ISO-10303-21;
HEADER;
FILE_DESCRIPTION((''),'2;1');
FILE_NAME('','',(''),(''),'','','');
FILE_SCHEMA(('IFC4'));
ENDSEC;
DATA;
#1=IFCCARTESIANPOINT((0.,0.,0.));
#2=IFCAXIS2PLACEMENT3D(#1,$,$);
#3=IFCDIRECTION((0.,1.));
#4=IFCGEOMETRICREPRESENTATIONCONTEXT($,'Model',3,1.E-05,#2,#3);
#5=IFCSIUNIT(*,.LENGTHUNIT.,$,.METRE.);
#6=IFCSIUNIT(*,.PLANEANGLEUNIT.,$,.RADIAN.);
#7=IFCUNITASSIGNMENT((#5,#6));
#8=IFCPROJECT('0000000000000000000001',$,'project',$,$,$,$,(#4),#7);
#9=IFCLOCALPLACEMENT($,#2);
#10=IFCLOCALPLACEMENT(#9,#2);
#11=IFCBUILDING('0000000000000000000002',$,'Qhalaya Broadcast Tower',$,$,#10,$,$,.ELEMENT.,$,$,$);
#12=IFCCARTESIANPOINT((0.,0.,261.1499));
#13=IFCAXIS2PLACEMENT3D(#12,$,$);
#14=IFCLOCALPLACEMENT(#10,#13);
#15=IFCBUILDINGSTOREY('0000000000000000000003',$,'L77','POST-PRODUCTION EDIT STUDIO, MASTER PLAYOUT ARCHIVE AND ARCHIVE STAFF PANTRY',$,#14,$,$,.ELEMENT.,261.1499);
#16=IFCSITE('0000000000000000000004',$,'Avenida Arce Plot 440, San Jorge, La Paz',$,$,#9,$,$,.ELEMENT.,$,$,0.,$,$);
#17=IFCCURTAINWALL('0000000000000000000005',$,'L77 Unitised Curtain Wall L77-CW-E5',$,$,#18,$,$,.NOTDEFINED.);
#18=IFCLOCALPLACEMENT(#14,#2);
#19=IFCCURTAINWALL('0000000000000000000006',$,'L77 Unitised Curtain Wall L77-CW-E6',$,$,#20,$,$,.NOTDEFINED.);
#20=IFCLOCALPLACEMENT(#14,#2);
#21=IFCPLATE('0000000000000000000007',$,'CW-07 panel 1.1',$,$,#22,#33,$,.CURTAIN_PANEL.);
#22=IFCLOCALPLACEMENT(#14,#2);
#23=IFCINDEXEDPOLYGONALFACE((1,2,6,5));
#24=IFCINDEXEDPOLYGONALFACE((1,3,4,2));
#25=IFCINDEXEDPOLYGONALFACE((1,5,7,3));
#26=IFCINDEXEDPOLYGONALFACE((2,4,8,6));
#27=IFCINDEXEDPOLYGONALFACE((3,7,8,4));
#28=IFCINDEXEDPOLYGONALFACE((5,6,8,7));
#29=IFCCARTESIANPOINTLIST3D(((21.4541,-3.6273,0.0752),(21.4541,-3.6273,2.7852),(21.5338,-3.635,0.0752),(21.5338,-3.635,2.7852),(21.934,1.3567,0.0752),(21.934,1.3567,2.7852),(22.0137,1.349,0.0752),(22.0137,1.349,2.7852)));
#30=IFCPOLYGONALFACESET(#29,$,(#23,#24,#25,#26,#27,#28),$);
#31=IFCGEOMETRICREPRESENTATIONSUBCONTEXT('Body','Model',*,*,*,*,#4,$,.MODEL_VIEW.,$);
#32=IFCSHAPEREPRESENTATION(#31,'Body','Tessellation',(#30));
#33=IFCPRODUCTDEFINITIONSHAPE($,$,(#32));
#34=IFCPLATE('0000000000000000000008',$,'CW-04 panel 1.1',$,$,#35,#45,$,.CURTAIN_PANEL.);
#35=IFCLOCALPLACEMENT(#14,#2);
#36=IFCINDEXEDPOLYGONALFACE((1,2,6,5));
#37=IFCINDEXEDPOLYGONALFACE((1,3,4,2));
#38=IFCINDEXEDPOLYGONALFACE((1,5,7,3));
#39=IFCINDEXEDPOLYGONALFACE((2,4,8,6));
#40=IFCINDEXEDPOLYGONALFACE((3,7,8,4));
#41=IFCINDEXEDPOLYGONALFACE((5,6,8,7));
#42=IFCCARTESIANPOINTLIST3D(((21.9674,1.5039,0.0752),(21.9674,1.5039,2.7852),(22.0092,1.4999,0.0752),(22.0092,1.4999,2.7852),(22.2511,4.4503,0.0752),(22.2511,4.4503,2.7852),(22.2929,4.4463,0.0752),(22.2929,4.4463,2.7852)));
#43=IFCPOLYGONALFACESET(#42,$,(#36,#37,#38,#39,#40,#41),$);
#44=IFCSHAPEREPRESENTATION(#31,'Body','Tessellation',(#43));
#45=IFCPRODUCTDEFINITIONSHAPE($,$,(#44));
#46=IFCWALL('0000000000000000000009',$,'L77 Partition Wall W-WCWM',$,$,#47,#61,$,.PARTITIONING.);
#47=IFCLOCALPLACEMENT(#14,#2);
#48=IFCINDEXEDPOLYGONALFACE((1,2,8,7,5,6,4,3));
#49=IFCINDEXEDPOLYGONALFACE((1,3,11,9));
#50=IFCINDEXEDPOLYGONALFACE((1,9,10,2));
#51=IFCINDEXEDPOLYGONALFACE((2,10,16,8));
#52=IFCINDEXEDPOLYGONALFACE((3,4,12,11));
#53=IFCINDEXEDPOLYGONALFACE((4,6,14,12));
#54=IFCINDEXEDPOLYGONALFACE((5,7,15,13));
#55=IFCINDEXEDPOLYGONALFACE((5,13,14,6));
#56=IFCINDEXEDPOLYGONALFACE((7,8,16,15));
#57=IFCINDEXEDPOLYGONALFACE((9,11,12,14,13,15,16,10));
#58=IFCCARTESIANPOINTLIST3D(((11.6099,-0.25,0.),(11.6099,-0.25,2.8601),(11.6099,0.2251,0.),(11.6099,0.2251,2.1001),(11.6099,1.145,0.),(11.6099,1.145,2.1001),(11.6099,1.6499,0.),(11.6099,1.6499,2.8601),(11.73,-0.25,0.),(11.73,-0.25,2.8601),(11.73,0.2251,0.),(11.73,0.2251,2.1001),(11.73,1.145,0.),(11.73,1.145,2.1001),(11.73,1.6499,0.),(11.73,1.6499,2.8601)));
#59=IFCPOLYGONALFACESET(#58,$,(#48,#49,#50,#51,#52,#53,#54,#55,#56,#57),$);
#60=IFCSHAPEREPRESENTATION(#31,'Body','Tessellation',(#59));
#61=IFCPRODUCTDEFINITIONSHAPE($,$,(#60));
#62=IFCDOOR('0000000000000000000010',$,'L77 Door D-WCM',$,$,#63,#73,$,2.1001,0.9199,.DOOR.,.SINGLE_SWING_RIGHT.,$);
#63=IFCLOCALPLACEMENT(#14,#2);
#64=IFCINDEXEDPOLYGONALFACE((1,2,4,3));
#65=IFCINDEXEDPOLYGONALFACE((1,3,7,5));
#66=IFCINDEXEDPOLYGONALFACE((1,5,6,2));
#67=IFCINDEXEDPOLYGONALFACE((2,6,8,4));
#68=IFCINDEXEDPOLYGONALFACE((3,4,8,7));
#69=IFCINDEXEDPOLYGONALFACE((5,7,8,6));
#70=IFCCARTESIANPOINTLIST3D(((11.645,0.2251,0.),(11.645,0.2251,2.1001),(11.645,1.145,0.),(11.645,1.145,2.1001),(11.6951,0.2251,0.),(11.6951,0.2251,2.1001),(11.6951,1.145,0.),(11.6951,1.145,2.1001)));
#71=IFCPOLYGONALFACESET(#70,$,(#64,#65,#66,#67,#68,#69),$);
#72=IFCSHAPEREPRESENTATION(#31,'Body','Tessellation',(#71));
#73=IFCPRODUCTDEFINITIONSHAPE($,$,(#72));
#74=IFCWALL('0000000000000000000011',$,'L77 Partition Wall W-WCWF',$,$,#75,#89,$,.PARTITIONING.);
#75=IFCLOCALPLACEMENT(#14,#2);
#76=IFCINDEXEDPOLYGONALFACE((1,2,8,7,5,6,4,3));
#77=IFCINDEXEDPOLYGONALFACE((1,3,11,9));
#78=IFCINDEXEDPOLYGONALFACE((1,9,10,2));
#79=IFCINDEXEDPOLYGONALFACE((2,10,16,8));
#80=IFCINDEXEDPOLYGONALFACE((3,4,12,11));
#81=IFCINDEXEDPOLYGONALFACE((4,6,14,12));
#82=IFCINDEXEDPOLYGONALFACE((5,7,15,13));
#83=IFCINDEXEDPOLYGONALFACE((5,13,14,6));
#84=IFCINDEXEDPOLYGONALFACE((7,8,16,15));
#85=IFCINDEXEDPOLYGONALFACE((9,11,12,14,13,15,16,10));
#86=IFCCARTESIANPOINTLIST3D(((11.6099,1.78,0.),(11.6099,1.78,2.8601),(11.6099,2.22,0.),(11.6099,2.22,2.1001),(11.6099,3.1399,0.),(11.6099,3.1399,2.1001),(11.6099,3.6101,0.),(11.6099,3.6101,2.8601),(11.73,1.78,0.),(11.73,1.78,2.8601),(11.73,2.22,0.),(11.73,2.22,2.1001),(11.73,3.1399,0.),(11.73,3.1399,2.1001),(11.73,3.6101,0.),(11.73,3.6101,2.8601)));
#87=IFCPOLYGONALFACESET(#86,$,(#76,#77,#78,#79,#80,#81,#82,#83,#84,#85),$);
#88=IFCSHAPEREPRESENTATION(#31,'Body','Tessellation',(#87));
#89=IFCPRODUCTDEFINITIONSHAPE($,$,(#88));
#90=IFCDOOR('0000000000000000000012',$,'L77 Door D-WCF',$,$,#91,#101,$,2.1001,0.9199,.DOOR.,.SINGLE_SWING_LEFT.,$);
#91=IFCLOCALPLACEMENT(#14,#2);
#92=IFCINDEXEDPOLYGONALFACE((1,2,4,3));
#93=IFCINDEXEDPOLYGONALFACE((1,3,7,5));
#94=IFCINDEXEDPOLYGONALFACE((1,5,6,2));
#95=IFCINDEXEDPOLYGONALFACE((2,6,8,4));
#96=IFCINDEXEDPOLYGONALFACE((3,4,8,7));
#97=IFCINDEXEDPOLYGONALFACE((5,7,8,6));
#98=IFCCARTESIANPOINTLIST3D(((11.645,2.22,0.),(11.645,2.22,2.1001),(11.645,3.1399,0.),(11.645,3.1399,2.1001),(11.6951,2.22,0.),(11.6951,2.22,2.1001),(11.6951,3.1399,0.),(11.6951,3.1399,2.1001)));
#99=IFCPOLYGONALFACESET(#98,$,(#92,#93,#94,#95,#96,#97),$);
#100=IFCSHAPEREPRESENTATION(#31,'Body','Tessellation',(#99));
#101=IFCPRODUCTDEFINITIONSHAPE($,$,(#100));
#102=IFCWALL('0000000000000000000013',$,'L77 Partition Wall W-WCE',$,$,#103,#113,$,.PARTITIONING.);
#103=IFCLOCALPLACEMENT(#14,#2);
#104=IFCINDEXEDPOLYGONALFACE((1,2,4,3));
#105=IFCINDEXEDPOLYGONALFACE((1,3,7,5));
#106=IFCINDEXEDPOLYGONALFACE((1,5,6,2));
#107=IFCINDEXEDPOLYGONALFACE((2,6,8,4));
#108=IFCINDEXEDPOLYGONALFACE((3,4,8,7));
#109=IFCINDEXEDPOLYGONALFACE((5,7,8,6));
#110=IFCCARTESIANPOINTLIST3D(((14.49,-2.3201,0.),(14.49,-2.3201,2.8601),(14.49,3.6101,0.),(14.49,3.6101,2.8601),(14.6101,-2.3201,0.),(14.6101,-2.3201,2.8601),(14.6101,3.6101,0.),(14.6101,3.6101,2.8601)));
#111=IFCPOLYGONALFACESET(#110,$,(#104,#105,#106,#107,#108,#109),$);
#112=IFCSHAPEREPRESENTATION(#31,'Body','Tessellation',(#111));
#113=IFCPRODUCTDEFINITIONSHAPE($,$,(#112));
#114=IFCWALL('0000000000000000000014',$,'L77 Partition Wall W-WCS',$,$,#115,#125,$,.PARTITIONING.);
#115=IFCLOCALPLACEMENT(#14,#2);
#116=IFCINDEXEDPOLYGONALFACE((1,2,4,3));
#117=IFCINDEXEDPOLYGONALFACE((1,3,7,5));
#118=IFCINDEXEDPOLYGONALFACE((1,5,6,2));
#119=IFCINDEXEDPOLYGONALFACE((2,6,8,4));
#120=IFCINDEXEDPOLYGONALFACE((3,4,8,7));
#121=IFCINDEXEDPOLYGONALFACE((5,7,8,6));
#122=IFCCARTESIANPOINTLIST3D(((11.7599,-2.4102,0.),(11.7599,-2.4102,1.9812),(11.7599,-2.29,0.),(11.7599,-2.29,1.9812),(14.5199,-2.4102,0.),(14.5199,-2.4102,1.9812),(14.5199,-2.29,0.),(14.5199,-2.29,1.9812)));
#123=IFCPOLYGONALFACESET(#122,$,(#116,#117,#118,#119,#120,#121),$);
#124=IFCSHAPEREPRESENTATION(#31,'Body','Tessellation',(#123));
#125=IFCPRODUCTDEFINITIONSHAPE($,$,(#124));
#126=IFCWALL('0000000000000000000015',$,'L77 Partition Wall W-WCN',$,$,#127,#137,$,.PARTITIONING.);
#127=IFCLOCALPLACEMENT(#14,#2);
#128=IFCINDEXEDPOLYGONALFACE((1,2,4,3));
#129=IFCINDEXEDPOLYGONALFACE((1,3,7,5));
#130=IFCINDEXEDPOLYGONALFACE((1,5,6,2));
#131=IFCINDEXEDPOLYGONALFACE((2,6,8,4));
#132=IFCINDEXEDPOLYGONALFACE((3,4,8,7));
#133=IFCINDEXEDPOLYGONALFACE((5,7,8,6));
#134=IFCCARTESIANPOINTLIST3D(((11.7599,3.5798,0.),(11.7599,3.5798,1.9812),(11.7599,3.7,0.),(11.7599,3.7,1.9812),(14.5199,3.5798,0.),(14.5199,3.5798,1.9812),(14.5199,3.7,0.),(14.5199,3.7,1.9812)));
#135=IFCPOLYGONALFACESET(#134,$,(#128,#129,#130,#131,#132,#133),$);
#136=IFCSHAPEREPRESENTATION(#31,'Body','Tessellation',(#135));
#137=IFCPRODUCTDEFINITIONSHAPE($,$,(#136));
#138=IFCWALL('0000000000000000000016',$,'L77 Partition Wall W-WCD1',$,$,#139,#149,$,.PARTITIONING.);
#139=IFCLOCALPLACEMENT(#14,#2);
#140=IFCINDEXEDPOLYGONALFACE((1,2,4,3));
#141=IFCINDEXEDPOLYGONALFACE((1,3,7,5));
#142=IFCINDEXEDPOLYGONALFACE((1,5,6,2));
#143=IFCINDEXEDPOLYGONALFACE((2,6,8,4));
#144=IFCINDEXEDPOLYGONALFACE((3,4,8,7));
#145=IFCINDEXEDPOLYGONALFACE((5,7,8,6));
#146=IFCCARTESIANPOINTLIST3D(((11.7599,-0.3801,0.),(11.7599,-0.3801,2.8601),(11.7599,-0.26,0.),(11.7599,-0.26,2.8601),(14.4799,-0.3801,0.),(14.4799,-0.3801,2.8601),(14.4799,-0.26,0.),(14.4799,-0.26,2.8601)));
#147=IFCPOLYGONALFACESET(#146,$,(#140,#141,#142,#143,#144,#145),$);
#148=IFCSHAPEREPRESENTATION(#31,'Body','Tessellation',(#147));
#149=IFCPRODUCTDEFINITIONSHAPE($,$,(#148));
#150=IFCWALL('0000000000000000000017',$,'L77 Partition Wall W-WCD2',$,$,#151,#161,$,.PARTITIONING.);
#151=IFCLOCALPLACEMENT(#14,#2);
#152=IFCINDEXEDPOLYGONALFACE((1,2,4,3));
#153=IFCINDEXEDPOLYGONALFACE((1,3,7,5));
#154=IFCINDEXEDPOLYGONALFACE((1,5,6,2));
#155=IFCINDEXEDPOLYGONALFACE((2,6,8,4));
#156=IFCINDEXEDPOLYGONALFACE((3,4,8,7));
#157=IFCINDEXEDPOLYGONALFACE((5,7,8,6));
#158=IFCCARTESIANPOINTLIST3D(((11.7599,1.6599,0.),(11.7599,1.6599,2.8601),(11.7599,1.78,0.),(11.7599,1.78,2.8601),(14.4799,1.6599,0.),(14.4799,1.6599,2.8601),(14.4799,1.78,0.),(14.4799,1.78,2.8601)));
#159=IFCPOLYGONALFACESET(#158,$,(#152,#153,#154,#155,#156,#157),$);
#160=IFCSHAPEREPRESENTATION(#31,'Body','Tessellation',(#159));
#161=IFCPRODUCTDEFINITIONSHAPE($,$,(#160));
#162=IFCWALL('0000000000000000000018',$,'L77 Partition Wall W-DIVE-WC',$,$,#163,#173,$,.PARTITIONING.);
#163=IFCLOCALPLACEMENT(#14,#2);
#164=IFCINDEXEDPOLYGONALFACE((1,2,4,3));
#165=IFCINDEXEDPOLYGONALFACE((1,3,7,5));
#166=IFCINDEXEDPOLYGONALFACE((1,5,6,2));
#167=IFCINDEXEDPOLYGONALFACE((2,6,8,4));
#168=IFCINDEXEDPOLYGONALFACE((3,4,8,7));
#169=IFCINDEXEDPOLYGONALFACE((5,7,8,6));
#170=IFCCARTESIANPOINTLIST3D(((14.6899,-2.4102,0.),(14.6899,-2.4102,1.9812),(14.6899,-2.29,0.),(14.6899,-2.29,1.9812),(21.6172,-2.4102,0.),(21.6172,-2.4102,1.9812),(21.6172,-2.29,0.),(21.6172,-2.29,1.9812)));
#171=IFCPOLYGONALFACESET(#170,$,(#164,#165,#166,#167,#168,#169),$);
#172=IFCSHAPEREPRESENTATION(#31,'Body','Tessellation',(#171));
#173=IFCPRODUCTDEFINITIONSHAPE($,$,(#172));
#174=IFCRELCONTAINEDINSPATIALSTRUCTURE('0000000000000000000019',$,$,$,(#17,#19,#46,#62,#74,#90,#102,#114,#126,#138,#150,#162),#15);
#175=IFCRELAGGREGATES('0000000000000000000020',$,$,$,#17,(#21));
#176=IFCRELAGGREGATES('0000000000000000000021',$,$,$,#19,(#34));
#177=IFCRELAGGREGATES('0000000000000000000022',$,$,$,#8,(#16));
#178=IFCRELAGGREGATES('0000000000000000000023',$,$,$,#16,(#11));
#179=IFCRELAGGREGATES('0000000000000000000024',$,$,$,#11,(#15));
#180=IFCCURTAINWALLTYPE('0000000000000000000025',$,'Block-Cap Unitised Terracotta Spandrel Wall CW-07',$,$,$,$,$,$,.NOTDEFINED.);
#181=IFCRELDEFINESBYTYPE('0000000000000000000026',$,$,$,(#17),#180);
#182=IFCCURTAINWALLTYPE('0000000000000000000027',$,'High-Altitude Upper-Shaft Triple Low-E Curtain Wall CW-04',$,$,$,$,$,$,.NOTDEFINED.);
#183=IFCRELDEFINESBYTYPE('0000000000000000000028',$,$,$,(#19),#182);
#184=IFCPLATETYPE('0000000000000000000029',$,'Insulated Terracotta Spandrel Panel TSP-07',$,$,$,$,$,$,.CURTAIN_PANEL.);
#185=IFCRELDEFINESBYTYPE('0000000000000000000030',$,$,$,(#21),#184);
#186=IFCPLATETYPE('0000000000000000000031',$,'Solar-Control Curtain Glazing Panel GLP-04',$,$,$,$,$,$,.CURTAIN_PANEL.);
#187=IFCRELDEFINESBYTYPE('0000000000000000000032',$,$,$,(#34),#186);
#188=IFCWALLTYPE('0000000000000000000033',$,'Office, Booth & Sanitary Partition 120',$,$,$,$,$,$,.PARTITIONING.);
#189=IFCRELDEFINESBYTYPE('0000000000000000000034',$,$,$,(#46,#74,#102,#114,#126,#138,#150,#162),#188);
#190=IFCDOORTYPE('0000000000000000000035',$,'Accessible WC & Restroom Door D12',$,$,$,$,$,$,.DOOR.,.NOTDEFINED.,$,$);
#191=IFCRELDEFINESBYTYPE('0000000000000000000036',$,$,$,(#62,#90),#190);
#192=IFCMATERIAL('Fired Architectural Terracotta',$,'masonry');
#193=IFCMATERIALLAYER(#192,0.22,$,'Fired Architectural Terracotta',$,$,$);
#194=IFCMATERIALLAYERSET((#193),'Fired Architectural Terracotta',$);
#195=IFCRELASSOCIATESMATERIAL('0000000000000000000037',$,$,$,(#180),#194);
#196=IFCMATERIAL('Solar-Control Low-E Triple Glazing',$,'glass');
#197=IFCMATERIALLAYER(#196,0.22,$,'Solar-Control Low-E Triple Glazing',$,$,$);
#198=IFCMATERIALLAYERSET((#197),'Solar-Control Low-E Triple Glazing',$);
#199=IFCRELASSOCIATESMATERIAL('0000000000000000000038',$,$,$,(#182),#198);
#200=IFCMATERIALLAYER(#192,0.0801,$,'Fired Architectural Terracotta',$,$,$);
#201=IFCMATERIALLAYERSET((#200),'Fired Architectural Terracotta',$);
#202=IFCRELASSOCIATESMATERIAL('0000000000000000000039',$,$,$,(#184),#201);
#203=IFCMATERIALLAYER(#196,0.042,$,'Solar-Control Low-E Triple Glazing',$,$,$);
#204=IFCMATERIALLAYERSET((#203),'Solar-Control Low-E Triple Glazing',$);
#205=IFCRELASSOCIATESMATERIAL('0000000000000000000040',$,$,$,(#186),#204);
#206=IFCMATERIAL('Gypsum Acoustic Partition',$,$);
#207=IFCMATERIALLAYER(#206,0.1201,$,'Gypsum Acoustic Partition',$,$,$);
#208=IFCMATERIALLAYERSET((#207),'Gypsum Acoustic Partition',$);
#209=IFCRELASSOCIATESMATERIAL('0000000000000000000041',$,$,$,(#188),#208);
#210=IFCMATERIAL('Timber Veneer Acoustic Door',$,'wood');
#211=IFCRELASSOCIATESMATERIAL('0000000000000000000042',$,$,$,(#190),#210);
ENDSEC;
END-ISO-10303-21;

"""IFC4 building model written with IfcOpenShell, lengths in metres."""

from ifc_helpers import new_model, si_unit, direction, frame, frame_2d, origin, origin_2d, place, context, subcontext, project, spatial, rectangle, extrude, material, layer, layer_set, type_object, element, fill, aggregate, save


model = new_model("IFC4")

# Units and contexts
model_context = context("Model", 3, precision=1e-05, world=origin(), true_north=direction((0.0, 1.0)))
body_context = subcontext(model_context, "Body", "Model", "MODEL_VIEW")
ifc_project = project(units=[si_unit("LENGTHUNIT", "METRE"), si_unit("PLANEANGLEUNIT", "RADIAN")], contexts=[model_context])

# Site, building, storey
site_placement = place(None, origin())
site = spatial("IfcSite", under=ifc_project, at=site_placement, Name="Avenida Arce Plot 440, San Jorge, La Paz", CompositionType="ELEMENT", RefElevation=0.0)
building_placement = place(site_placement, origin())
building = spatial("IfcBuilding", under=site, at=building_placement, Name="Qhalaya Broadcast Tower", CompositionType="ELEMENT")
storey_placement = place(building_placement, frame((0.0, 0.0, 261.1499)))
storey = spatial("IfcBuildingStorey", under=building, at=storey_placement, Name="L77", Description="POST-PRODUCTION EDIT STUDIO, MASTER PLAYOUT ARCHIVE AND ARCHIVE STAFF PANTRY", CompositionType="ELEMENT", Elevation=261.1499)

# Curtain wall
ifc_material_1 = material(Name="Fired Architectural Terracotta", Category="masonry")
ifc_layer_1 = layer(ifc_material_1, 0.22, Name="Fired Architectural Terracotta")
ifc_layer_set_1 = layer_set([ifc_layer_1], Name="Fired Architectural Terracotta")
curtain_wall_type_1 = type_object("IfcCurtainWallType", Name="Block-Cap Unitised Terracotta Spandrel Wall CW-07", PredefinedType="NOTDEFINED", material=ifc_layer_set_1)
curtain_wall_1_placement = place(storey_placement, origin())
curtain_wall_1 = element("IfcCurtainWall", 1, at=curtain_wall_1_placement, inside=storey, type_object=curtain_wall_type_1, Name="L77 Unitised Curtain Wall L77-CW-E5", PredefinedType="NOTDEFINED")

# Curtain wall
ifc_material_2 = material(Name="Solar-Control Low-E Triple Glazing", Category="glass")
ifc_layer_2 = layer(ifc_material_2, 0.22, Name="Solar-Control Low-E Triple Glazing")
ifc_layer_set_2 = layer_set([ifc_layer_2], Name="Solar-Control Low-E Triple Glazing")
curtain_wall_type_2 = type_object("IfcCurtainWallType", Name="High-Altitude Upper-Shaft Triple Low-E Curtain Wall CW-04", PredefinedType="NOTDEFINED", material=ifc_layer_set_2)
curtain_wall_2_placement = place(storey_placement, origin())
curtain_wall_2 = element("IfcCurtainWall", 2, at=curtain_wall_2_placement, inside=storey, type_object=curtain_wall_type_2, Name="L77 Unitised Curtain Wall L77-CW-E6", PredefinedType="NOTDEFINED")

# Plates
ifc_layer_3 = layer(ifc_material_1, 0.0801, Name="Fired Architectural Terracotta")
ifc_layer_set_3 = layer_set([ifc_layer_3], Name="Fired Architectural Terracotta")
plate_type_1 = type_object("IfcPlateType", Name="Insulated Terracotta Spandrel Panel TSP-07", PredefinedType="CURTAIN_PANEL", material=ifc_layer_set_3)
plate_1_placement = place(storey_placement, frame((21.7339, -1.1392, 0.0752), z_axis=(0.0, 0.0, 1.0), x_axis=(0.095849, 0.995396, 0.0)))
plate_1 = element("IfcPlate", 3, at=plate_1_placement, type_object=plate_type_1, Name="CW-07 panel 1.1", PredefinedType="CURTAIN_PANEL", context=body_context, shape_type="SweptSolid", body=[
    extrude(rectangle(XDim=5.0071, YDim=0.0801, at=origin_2d()), origin(), (0.0, 0.0, 1.0), 2.71),
])
aggregate(curtain_wall_1, [plate_1])
ifc_layer_4 = layer(ifc_material_2, 0.042, Name="Solar-Control Low-E Triple Glazing")
ifc_layer_set_4 = layer_set([ifc_layer_4], Name="Solar-Control Low-E Triple Glazing")
plate_type_2 = type_object("IfcPlateType", Name="Solar-Control Curtain Glazing Panel GLP-04", PredefinedType="CURTAIN_PANEL", material=ifc_layer_set_4)
plate_2_placement = place(storey_placement, frame((22.1301, 2.9751, 0.0752), z_axis=(0.0, 0.0, 1.0), x_axis=(0.095855, 0.995395, 0.0)))
plate_2 = element("IfcPlate", 4, at=plate_2_placement, type_object=plate_type_2, Name="CW-04 panel 1.1", PredefinedType="CURTAIN_PANEL", context=body_context, shape_type="SweptSolid", body=[
    extrude(rectangle(XDim=2.96, YDim=0.042, at=origin_2d()), origin(), (0.0, 0.0, 1.0), 2.71),
])
aggregate(curtain_wall_2, [plate_2])

# Walls, openings, doors
ifc_material_3 = material(Name="Gypsum Acoustic Partition")
ifc_layer_5 = layer(ifc_material_3, 0.1201, Name="Gypsum Acoustic Partition")
ifc_layer_set_5 = layer_set([ifc_layer_5], Name="Gypsum Acoustic Partition")
wall_type = type_object("IfcWallType", Name="Office, Booth & Sanitary Partition 120", PredefinedType="PARTITIONING", material=ifc_layer_set_5)
wall_1_placement = place(storey_placement, frame((11.6699, -0.25, 0.0), z_axis=(0.0, 0.0, 1.0), x_axis=(0.0, 1.0, 0.0)))
wall_1 = element("IfcWall", 5, at=wall_1_placement, inside=storey, type_object=wall_type, Name="L77 Partition Wall W-WCWM", PredefinedType="PARTITIONING", context=body_context, shape_type="SweptSolid", body=[
    extrude(rectangle(XDim=1.8999, YDim=0.1201, at=frame_2d((0.95, 0.0))), origin(), (0.0, 0.0, 1.0), 2.8601),
])
opening_1_placement = place(wall_1_placement, frame((0.4751, 0.0, 0.0)))
opening_1 = element("IfcOpeningElement", 6, at=opening_1_placement, cuts=wall_1, PredefinedType="OPENING", context=body_context, shape_type="SweptSolid", body=[
    extrude(rectangle(XDim=0.9199, YDim=2.1001, at=frame_2d((0.46, 1.05))), frame((0.0, 0.072, 0.0), z_axis=(0.0, -1.0, 0.0), x_axis=(1.0, 0.0, 0.0)), (0.0, 0.0, 1.0), 0.144),
])
ifc_material_4 = material(Name="Timber Veneer Acoustic Door", Category="wood")
door_type = type_object("IfcDoorType", Name="Accessible WC & Restroom Door D12", OperationType="NOTDEFINED", PredefinedType="DOOR", material=ifc_material_4)
door_1_placement = place(opening_1_placement, origin())
door_1 = element("IfcDoor", 7, at=door_1_placement, inside=storey, type_object=door_type, Name="L77 Door D-WCM", OperationType="SINGLE_SWING_RIGHT", OverallHeight=2.1001, OverallWidth=0.9199, PredefinedType="DOOR", context=body_context, shape_type="SweptSolid", body=[
    extrude(rectangle(XDim=0.9199, YDim=2.1001, at=frame_2d((0.46, 1.05))), frame((0.0, 0.0249, 0.0), z_axis=(0.0, -1.0, 0.0), x_axis=(1.0, 0.0, 0.0)), (0.0, 0.0, 1.0), 0.05),
])
fill(opening_1, door_1)
wall_2_placement = place(storey_placement, frame((11.6699, 1.78, 0.0), z_axis=(0.0, 0.0, 1.0), x_axis=(0.0, 1.0, 0.0)))
wall_2 = element("IfcWall", 8, at=wall_2_placement, inside=storey, type_object=wall_type, Name="L77 Partition Wall W-WCWF", PredefinedType="PARTITIONING", context=body_context, shape_type="SweptSolid", body=[
    extrude(rectangle(XDim=1.8301, YDim=0.1201, at=frame_2d((0.915, 0.0))), origin(), (0.0, 0.0, 1.0), 2.8601),
])
opening_2_placement = place(wall_2_placement, frame((0.4399, 0.0, 0.0)))
opening_2 = element("IfcOpeningElement", 9, at=opening_2_placement, cuts=wall_2, PredefinedType="OPENING", context=body_context, shape_type="SweptSolid", body=[
    extrude(rectangle(XDim=0.9199, YDim=2.1001, at=frame_2d((0.46, 1.05))), frame((0.0, 0.072, 0.0), z_axis=(0.0, -1.0, 0.0), x_axis=(1.0, 0.0, 0.0)), (0.0, 0.0, 1.0), 0.144),
])
door_2_placement = place(opening_2_placement, origin())
door_2 = element("IfcDoor", 10, at=door_2_placement, inside=storey, type_object=door_type, Name="L77 Door D-WCF", OperationType="SINGLE_SWING_LEFT", OverallHeight=2.1001, OverallWidth=0.9199, PredefinedType="DOOR", context=body_context, shape_type="SweptSolid", body=[
    extrude(rectangle(XDim=0.9199, YDim=2.1001, at=frame_2d((0.46, 1.05))), frame((0.0, 0.0249, 0.0), z_axis=(0.0, -1.0, 0.0), x_axis=(1.0, 0.0, 0.0)), (0.0, 0.0, 1.0), 0.05),
])
fill(opening_2, door_2)

# Walls
wall_3_placement = place(storey_placement, frame((14.55, -2.3201, 0.0), z_axis=(0.0, 0.0, 1.0), x_axis=(0.0, 1.0, 0.0)))
element("IfcWall", 11, at=wall_3_placement, inside=storey, type_object=wall_type, Name="L77 Partition Wall W-WCE", PredefinedType="PARTITIONING", context=body_context, shape_type="SweptSolid", body=[
    extrude(rectangle(XDim=5.9302, YDim=0.1201, at=frame_2d((2.9651, 0.0))), origin(), (0.0, 0.0, 1.0), 2.8601),
])
for number, where, z_axis, x_axis, name in (
    (12, (11.76, -2.3501, 0.0), (0.0, 0.0, 1.0), (1.0, 0.0, 0.0), "L77 Partition Wall W-WCS"),
    (13, (11.76, 3.6399, 0.0), (0.0, 0.0, 1.0), (1.0, 0.0, 0.0), "L77 Partition Wall W-WCN"),
):
    element("IfcWall", number, at=place(storey_placement, frame(where, z_axis=z_axis, x_axis=x_axis)), inside=storey, type_object=wall_type, Name=name, PredefinedType="PARTITIONING", context=body_context, shape_type="SweptSolid", body=[
        extrude(rectangle(XDim=2.76, YDim=0.1201, at=frame_2d((1.3799, 0.0))), origin(), (0.0, 0.0, 1.0), 1.9812),
    ])
for number, where, z_axis, x_axis, name in (
    (14, (11.76, -0.3201, 0.0), (0.0, 0.0, 1.0), (1.0, 0.0, 0.0), "L77 Partition Wall W-WCD1"),
    (15, (11.76, 1.72, 0.0), (0.0, 0.0, 1.0), (1.0, 0.0, 0.0), "L77 Partition Wall W-WCD2"),
):
    element("IfcWall", number, at=place(storey_placement, frame(where, z_axis=z_axis, x_axis=x_axis)), inside=storey, type_object=wall_type, Name=name, PredefinedType="PARTITIONING", context=body_context, shape_type="SweptSolid", body=[
        extrude(rectangle(XDim=2.72, YDim=0.1201, at=frame_2d((1.3599, 0.0))), origin(), (0.0, 0.0, 1.0), 2.8601),
    ])
wall_4_placement = place(storey_placement, frame((14.6899, -2.3501, 0.0), z_axis=(0.0, 0.0, 1.0), x_axis=(1.0, 0.0, 0.0)))
element("IfcWall", 16, at=wall_4_placement, inside=storey, type_object=wall_type, Name="L77 Partition Wall W-DIVE-WC", PredefinedType="PARTITIONING", context=body_context, shape_type="SweptSolid", body=[
    extrude(rectangle(XDim=6.9272, YDim=0.1201, at=frame_2d((3.4636, 0.0))), origin(), (0.0, 0.0, 1.0), 1.9812),
])

save(model, "model.ifc")
